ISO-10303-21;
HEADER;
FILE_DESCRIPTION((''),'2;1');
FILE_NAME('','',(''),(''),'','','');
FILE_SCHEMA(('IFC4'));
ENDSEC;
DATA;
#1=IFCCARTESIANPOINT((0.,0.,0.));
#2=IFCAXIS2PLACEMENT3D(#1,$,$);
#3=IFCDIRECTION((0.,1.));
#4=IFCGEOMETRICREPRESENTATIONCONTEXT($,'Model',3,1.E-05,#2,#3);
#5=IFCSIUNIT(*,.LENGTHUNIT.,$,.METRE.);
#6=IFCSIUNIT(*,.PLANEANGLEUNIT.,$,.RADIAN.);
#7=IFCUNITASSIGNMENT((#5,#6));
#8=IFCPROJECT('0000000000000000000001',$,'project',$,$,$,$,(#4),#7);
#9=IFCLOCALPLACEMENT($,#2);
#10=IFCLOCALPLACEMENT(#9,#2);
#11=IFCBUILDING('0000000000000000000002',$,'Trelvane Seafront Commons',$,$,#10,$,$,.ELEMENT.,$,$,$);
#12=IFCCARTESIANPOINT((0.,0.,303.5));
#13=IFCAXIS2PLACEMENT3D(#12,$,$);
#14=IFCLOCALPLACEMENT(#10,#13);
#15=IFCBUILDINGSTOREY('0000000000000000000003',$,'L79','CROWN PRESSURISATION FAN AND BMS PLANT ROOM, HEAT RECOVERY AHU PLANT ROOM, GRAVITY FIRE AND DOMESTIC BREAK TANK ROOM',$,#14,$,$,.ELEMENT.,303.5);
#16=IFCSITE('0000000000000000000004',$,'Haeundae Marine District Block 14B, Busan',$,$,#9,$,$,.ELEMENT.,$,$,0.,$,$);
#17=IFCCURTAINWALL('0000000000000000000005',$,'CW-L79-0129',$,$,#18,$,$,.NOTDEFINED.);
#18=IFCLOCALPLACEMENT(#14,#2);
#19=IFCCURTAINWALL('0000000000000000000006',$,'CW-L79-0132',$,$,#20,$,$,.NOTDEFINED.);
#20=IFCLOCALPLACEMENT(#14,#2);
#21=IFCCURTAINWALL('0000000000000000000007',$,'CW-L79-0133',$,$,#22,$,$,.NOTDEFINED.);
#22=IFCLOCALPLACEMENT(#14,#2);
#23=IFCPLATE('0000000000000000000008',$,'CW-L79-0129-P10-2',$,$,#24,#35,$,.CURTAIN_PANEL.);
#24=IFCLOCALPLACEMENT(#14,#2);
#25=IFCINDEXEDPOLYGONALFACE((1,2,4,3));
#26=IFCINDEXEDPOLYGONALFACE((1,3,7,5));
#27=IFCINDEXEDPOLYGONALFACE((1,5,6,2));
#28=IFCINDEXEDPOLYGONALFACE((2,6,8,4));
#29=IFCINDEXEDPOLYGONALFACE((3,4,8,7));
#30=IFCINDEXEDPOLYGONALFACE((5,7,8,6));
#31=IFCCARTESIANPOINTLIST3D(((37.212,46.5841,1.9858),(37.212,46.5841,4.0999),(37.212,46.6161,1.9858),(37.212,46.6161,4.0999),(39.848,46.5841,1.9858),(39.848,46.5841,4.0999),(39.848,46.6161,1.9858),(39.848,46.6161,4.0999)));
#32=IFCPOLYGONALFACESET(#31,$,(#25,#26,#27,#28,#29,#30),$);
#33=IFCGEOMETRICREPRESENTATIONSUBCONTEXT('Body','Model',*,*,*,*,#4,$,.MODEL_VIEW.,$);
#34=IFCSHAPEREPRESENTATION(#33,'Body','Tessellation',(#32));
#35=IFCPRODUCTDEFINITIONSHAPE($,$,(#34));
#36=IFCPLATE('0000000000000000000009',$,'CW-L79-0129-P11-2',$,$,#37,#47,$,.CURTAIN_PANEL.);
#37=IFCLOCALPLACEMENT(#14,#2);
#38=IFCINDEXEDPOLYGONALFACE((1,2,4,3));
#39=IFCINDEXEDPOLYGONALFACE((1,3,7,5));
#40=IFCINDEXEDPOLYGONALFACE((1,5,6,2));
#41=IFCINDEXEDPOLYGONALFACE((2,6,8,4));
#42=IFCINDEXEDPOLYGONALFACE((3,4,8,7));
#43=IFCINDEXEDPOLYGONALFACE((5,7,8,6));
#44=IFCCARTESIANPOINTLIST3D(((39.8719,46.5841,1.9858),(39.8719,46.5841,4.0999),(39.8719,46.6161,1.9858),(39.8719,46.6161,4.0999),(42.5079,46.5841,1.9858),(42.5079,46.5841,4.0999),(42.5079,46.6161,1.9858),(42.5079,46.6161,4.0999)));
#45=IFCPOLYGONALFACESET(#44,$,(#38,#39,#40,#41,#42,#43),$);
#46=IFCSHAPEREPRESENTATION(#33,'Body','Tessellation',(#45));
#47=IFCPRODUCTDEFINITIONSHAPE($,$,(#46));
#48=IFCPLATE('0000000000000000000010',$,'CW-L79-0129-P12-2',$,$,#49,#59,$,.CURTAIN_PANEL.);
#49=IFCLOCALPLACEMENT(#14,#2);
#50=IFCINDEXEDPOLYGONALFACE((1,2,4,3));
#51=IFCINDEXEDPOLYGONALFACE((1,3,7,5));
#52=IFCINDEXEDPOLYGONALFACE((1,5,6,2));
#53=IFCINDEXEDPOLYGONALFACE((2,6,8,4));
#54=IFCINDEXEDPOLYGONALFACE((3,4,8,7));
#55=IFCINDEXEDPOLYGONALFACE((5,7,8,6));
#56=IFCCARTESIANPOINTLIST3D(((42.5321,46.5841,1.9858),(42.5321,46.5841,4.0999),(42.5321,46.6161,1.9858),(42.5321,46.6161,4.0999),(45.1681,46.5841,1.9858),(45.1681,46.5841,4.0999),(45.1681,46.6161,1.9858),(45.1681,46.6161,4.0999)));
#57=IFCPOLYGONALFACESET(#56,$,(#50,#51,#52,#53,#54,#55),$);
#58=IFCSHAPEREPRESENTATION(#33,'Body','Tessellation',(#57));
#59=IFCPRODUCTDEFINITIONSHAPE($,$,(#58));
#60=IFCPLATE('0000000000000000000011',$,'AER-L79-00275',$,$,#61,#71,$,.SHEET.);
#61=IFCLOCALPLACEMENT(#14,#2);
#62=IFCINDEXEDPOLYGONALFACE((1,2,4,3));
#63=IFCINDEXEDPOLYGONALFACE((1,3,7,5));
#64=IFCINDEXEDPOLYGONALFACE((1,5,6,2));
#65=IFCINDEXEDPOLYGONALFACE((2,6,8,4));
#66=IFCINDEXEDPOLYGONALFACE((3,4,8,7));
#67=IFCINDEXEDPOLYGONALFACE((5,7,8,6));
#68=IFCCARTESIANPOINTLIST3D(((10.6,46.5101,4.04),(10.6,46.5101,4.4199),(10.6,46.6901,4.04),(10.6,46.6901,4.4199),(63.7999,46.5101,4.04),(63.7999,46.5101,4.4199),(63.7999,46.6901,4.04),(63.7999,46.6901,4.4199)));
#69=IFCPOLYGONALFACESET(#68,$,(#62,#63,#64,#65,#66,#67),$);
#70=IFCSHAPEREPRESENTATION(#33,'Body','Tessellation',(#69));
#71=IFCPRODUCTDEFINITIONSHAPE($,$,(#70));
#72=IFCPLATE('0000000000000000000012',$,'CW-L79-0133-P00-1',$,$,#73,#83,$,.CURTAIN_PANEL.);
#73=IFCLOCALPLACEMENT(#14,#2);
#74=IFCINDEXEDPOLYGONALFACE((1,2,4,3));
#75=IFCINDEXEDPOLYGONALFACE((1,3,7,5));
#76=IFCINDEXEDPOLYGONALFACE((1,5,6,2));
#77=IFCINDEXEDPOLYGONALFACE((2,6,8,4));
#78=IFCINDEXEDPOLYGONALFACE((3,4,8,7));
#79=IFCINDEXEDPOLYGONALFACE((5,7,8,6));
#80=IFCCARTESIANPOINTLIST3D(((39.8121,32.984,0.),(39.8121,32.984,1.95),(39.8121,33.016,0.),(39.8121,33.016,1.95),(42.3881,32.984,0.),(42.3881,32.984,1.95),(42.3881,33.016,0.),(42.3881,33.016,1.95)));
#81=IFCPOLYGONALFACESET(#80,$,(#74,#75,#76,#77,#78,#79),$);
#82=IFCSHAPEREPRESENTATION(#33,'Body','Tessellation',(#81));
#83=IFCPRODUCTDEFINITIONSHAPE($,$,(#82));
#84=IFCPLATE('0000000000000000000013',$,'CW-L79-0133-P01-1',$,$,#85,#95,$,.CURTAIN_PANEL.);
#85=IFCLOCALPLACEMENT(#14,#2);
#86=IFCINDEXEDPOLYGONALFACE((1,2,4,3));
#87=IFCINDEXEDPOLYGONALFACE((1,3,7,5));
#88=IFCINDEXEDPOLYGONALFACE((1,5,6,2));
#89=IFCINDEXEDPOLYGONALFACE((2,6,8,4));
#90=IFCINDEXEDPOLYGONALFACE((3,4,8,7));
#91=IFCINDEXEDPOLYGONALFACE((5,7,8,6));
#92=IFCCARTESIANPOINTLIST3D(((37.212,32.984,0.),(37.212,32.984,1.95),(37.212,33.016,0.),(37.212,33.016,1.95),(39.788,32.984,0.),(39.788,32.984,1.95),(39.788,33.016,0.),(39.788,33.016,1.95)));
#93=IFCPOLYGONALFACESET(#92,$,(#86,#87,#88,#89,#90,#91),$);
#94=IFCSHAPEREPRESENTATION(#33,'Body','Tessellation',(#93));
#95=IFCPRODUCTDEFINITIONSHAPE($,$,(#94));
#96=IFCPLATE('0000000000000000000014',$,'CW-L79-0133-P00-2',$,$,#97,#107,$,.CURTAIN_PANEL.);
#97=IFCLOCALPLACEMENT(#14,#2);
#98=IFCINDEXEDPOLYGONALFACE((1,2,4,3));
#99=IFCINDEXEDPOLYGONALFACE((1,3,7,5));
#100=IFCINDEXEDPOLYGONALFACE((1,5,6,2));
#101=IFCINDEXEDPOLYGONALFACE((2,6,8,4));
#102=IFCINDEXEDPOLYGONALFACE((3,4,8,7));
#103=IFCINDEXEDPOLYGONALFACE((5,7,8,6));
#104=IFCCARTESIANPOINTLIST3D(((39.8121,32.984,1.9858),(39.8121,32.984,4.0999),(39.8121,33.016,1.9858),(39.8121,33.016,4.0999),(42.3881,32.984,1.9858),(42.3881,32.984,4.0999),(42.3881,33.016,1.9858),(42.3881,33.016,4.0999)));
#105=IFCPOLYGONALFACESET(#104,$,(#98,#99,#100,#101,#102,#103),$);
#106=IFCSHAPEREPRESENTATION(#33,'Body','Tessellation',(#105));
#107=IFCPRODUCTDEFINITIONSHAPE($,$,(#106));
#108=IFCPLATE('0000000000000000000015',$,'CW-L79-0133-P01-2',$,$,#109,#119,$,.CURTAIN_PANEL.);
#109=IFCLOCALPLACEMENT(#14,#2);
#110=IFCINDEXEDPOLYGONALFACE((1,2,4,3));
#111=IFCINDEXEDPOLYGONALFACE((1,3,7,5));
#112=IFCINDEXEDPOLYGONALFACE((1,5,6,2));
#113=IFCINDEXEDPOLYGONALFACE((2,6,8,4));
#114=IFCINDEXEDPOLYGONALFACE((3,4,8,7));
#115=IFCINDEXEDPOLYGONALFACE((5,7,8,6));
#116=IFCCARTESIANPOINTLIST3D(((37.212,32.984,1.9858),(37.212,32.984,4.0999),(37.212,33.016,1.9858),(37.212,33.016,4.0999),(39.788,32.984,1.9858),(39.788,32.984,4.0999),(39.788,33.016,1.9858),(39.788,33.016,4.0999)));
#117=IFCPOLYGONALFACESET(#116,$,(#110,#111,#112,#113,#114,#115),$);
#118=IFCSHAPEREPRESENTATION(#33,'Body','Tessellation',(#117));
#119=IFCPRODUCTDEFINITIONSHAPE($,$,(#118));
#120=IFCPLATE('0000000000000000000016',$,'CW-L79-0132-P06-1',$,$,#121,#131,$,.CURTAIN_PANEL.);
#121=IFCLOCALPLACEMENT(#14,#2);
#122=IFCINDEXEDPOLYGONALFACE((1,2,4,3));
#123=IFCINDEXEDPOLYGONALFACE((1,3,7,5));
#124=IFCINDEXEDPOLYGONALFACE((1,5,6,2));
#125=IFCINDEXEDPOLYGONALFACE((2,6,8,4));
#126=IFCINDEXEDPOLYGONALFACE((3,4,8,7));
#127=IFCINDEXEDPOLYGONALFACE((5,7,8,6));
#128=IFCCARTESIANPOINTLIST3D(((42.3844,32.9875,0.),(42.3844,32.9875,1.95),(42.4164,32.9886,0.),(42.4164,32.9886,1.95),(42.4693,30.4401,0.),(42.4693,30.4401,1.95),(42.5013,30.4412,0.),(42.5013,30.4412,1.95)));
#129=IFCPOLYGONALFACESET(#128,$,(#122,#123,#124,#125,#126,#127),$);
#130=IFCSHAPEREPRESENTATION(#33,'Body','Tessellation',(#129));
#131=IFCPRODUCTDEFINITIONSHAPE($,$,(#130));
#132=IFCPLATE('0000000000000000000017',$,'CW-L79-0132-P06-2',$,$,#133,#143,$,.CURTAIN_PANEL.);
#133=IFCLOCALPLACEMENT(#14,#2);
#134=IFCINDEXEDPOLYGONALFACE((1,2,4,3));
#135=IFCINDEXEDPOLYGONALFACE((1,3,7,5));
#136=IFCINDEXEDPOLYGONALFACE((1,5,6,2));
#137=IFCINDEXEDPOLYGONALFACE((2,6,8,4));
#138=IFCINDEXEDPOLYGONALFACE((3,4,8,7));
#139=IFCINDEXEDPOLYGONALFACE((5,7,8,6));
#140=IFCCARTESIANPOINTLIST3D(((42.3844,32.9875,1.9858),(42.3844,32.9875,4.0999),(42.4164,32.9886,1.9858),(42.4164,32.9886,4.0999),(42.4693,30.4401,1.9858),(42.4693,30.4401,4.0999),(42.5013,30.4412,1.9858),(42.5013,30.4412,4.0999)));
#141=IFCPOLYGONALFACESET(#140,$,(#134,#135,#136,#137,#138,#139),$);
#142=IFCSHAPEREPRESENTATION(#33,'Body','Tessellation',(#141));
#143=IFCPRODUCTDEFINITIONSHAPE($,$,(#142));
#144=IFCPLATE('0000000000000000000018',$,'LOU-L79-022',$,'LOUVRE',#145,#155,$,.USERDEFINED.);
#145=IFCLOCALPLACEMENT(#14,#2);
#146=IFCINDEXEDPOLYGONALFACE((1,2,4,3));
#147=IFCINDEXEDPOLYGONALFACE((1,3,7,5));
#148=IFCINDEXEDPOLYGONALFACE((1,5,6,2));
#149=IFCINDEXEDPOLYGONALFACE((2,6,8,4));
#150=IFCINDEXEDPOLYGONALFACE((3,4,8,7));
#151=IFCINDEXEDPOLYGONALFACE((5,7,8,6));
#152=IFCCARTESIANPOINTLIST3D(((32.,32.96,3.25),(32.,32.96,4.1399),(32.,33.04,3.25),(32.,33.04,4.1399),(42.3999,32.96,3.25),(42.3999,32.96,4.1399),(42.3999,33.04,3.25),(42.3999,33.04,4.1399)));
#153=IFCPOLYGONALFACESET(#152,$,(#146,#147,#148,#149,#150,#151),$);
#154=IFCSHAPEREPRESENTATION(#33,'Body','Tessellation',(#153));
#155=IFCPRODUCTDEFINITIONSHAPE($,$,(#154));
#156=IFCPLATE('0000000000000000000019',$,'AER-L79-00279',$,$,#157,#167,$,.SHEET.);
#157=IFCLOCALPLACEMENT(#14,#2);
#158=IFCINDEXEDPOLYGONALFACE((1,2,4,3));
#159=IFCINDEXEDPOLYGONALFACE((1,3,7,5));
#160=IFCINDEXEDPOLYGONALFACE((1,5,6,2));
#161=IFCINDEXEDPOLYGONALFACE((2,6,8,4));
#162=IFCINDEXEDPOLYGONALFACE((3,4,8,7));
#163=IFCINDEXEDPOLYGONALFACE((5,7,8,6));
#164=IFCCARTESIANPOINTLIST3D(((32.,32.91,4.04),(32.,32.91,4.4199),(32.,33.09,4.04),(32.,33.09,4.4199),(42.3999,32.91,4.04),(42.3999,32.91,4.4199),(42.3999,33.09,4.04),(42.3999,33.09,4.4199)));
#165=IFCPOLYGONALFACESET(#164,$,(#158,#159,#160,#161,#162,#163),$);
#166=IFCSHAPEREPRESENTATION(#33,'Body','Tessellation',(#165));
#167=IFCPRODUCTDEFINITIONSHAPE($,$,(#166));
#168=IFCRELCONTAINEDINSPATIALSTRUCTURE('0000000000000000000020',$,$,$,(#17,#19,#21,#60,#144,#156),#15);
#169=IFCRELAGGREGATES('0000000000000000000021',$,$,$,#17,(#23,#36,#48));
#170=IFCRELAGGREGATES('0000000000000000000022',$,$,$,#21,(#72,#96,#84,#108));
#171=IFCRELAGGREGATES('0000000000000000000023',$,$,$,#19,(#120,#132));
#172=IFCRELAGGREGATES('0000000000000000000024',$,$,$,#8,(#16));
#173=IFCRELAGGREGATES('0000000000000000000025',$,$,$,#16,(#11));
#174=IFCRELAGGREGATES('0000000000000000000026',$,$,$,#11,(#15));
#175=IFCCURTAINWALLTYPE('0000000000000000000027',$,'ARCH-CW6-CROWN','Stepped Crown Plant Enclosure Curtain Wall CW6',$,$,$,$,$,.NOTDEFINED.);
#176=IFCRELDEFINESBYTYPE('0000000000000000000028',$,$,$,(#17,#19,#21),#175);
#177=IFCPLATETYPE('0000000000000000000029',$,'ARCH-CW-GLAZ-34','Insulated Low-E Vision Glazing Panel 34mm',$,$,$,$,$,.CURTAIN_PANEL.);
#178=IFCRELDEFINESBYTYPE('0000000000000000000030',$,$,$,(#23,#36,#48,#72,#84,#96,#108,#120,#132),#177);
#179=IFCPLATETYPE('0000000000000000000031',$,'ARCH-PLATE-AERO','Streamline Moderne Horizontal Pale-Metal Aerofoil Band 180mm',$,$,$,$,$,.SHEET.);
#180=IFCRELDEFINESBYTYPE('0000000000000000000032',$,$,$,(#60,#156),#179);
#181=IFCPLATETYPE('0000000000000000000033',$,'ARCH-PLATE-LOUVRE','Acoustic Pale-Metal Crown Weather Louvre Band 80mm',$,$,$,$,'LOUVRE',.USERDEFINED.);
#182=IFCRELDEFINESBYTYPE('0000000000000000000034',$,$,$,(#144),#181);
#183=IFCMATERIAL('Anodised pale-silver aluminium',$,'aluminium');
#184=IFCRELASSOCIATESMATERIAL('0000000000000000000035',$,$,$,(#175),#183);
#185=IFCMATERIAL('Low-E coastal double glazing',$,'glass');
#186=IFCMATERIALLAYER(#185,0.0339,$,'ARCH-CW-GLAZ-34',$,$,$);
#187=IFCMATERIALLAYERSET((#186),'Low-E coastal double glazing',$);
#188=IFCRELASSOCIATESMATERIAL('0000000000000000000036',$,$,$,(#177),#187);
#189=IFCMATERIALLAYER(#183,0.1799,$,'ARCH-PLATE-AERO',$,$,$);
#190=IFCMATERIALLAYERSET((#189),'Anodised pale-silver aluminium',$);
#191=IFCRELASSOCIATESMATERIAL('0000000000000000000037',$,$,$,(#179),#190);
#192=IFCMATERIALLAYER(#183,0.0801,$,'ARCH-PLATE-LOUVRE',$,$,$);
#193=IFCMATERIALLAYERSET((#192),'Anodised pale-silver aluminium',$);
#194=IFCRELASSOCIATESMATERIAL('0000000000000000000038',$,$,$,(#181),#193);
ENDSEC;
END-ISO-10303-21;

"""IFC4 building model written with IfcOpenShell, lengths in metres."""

from ifc_helpers import new_model, si_unit, direction, frame, origin, origin_2d, place, context, subcontext, project, spatial, rectangle, extrude, source, transform, mapped, material, layer, layer_set, type_object, element, aggregate, save


model = new_model("IFC4")

# Units and contexts
model_context = context("Model", 3, precision=1e-05, world=origin(), true_north=direction((0.0, 1.0)))
body_context = subcontext(model_context, "Body", "Model", "MODEL_VIEW")
ifc_project = project(units=[si_unit("LENGTHUNIT", "METRE"), si_unit("PLANEANGLEUNIT", "RADIAN")], contexts=[model_context])

# Site, building, storey
site_placement = place(None, origin())
site = spatial("IfcSite", under=ifc_project, at=site_placement, Name="Haeundae Marine District Block 14B, Busan", CompositionType="ELEMENT", RefElevation=0.0)
building_placement = place(site_placement, origin())
building = spatial("IfcBuilding", under=site, at=building_placement, Name="Trelvane Seafront Commons", CompositionType="ELEMENT")
storey_placement = place(building_placement, frame((0.0, 0.0, 303.5)))
storey = spatial("IfcBuildingStorey", under=building, at=storey_placement, Name="L79", Description="CROWN PRESSURISATION FAN AND BMS PLANT ROOM, HEAT RECOVERY AHU PLANT ROOM, GRAVITY FIRE AND DOMESTIC BREAK TANK ROOM", CompositionType="ELEMENT", Elevation=303.5)

# Curtain wall
ifc_material_1 = material(Name="Anodised pale-silver aluminium", Category="aluminium")
curtain_wall_type = type_object("IfcCurtainWallType", Name="ARCH-CW6-CROWN", Description="Stepped Crown Plant Enclosure Curtain Wall CW6", PredefinedType="NOTDEFINED", material=ifc_material_1)
curtain_wall_1_placement = place(storey_placement, origin())
curtain_wall_1 = element("IfcCurtainWall", 1, at=curtain_wall_1_placement, inside=storey, type_object=curtain_wall_type, Name="CW-L79-0129", PredefinedType="NOTDEFINED")

# Curtain wall
curtain_wall_2_placement = place(storey_placement, origin())
curtain_wall_2 = element("IfcCurtainWall", 2, at=curtain_wall_2_placement, inside=storey, type_object=curtain_wall_type, Name="CW-L79-0132", PredefinedType="NOTDEFINED")

# Curtain wall
curtain_wall_3_placement = place(storey_placement, origin())
curtain_wall_3 = element("IfcCurtainWall", 3, at=curtain_wall_3_placement, inside=storey, type_object=curtain_wall_type, Name="CW-L79-0133", PredefinedType="NOTDEFINED")

# Plates
ifc_material_2 = material(Name="Low-E coastal double glazing", Category="glass")
ifc_layer_1 = layer(ifc_material_2, 0.0339, Name="ARCH-CW-GLAZ-34")
ifc_layer_set_1 = layer_set([ifc_layer_1], Name="Low-E coastal double glazing")
plate_type_1 = type_object("IfcPlateType", Name="ARCH-CW-GLAZ-34", Description="Insulated Low-E Vision Glazing Panel 34mm", PredefinedType="CURTAIN_PANEL", material=ifc_layer_set_1)
shared_shape_1 = source(origin(), body_context, "Body", "SweptSolid", [
    extrude(rectangle(XDim=2.636, YDim=0.032, at=origin_2d()), origin(), (0.0, 0.0, 1.0), 2.114),
])
plate_1_placement = place(storey_placement, frame((38.53, 46.6001, 1.9858), z_axis=(0.0, 0.0, 1.0), x_axis=(1.0, 0.0, 0.0)))
plate_1 = element("IfcPlate", 4, at=plate_1_placement, type_object=plate_type_1, Name="CW-L79-0129-P10-2", PredefinedType="CURTAIN_PANEL", context=body_context, shape_type="MappedRepresentation", body=[
    mapped(shared_shape_1, transform((0.0, 0.0, 0.0), x_axis=(1.0, 0.0, 0.0), y_axis=(0.0, 1.0, 0.0), z_axis=(0.0, 0.0, 1.0), scale=1.0)),
])
plate_2_placement = place(storey_placement, frame((41.1899, 46.6001, 1.9858), z_axis=(0.0, 0.0, 1.0), x_axis=(1.0, 0.0, 0.0)))
plate_2 = element("IfcPlate", 5, at=plate_2_placement, type_object=plate_type_1, Name="CW-L79-0129-P11-2", PredefinedType="CURTAIN_PANEL", context=body_context, shape_type="MappedRepresentation", body=[
    mapped(shared_shape_1, transform((0.0, 0.0, 0.0), x_axis=(1.0, 0.0, 0.0), y_axis=(0.0, 1.0, 0.0), z_axis=(0.0, 0.0, 1.0), scale=1.0)),
])
plate_3_placement = place(storey_placement, frame((43.8501, 46.6001, 1.9858), z_axis=(0.0, 0.0, 1.0), x_axis=(1.0, 0.0, 0.0)))
plate_3 = element("IfcPlate", 6, at=plate_3_placement, type_object=plate_type_1, Name="CW-L79-0129-P12-2", PredefinedType="CURTAIN_PANEL", context=body_context, shape_type="MappedRepresentation", body=[
    mapped(shared_shape_1, transform((0.0, 0.0, 0.0), x_axis=(1.0, 0.0, 0.0), y_axis=(0.0, 1.0, 0.0), z_axis=(0.0, 0.0, 1.0), scale=1.0)),
])
aggregate(curtain_wall_1, [plate_1, plate_2, plate_3])
ifc_layer_2 = layer(ifc_material_1, 0.1799, Name="ARCH-PLATE-AERO")
ifc_layer_set_2 = layer_set([ifc_layer_2], Name="Anodised pale-silver aluminium")
plate_type_2 = type_object("IfcPlateType", Name="ARCH-PLATE-AERO", Description="Streamline Moderne Horizontal Pale-Metal Aerofoil Band 180mm", PredefinedType="SHEET", material=ifc_layer_set_2)
shared_shape_2 = source(origin(), body_context, "Body", "SweptSolid", [
    extrude(rectangle(XDim=53.2, YDim=0.1799, at=origin_2d()), origin(), (0.0, 0.0, 1.0), 0.3799),
])
plate_4_placement = place(storey_placement, frame((37.2, 46.6001, 4.04), z_axis=(0.0, 0.0, 1.0), x_axis=(1.0, 0.0, 0.0)))
element("IfcPlate", 7, at=plate_4_placement, inside=storey, type_object=plate_type_2, Name="AER-L79-00275", PredefinedType="SHEET", context=body_context, shape_type="MappedRepresentation", body=[
    mapped(shared_shape_2, transform((0.0, 0.0, 0.0), x_axis=(1.0, 0.0, 0.0), y_axis=(0.0, 1.0, 0.0), z_axis=(0.0, 0.0, 1.0), scale=1.0)),
])
shared_shape_3 = source(origin(), body_context, "Body", "SweptSolid", [
    extrude(rectangle(XDim=2.5759, YDim=0.032, at=origin_2d()), origin(), (0.0, 0.0, 1.0), 1.95),
])
plate_5_placement = place(storey_placement, frame((41.1001, 33.0, 0.0), z_axis=(0.0, 0.0, 1.0), x_axis=(-1.0, 0.0, 0.0)))
plate_5 = element("IfcPlate", 8, at=plate_5_placement, type_object=plate_type_1, Name="CW-L79-0133-P00-1", PredefinedType="CURTAIN_PANEL", context=body_context, shape_type="MappedRepresentation", body=[
    mapped(shared_shape_3, transform((0.0, 0.0, 0.0), x_axis=(1.0, 0.0, 0.0), y_axis=(0.0, 1.0, 0.0), z_axis=(0.0, 0.0, 1.0), scale=1.0)),
])
plate_6_placement = place(storey_placement, frame((38.5, 33.0, 0.0), z_axis=(0.0, 0.0, 1.0), x_axis=(-1.0, 0.0, 0.0)))
plate_6 = element("IfcPlate", 9, at=plate_6_placement, type_object=plate_type_1, Name="CW-L79-0133-P01-1", PredefinedType="CURTAIN_PANEL", context=body_context, shape_type="MappedRepresentation", body=[
    mapped(shared_shape_3, transform((0.0, 0.0, 0.0), x_axis=(1.0, 0.0, 0.0), y_axis=(0.0, 1.0, 0.0), z_axis=(0.0, 0.0, 1.0), scale=1.0)),
])
shared_shape_4 = source(origin(), body_context, "Body", "SweptSolid", [
    extrude(rectangle(XDim=2.5759, YDim=0.032, at=origin_2d()), origin(), (0.0, 0.0, 1.0), 2.114),
])
plate_7_placement = place(storey_placement, frame((41.1001, 33.0, 1.9858), z_axis=(0.0, 0.0, 1.0), x_axis=(-1.0, 0.0, 0.0)))
plate_7 = element("IfcPlate", 10, at=plate_7_placement, type_object=plate_type_1, Name="CW-L79-0133-P00-2", PredefinedType="CURTAIN_PANEL", context=body_context, shape_type="MappedRepresentation", body=[
    mapped(shared_shape_4, transform((0.0, 0.0, 0.0), x_axis=(1.0, 0.0, 0.0), y_axis=(0.0, 1.0, 0.0), z_axis=(0.0, 0.0, 1.0), scale=1.0)),
])
plate_8_placement = place(storey_placement, frame((38.5, 33.0, 1.9858), z_axis=(0.0, 0.0, 1.0), x_axis=(-1.0, 0.0, 0.0)))
plate_8 = element("IfcPlate", 11, at=plate_8_placement, type_object=plate_type_1, Name="CW-L79-0133-P01-2", PredefinedType="CURTAIN_PANEL", context=body_context, shape_type="MappedRepresentation", body=[
    mapped(shared_shape_4, transform((0.0, 0.0, 0.0), x_axis=(1.0, 0.0, 0.0), y_axis=(0.0, 1.0, 0.0), z_axis=(0.0, 0.0, 1.0), scale=1.0)),
])
aggregate(curtain_wall_3, [plate_5, plate_7, plate_6, plate_8])
shared_shape_5 = source(origin(), body_context, "Body", "SweptSolid", [
    extrude(rectangle(XDim=2.5488, YDim=0.032, at=origin_2d()), origin(), (0.0, 0.0, 1.0), 1.95),
])
plate_9_placement = place(storey_placement, frame((42.4429, 31.7144, 0.0), z_axis=(0.0, 0.0, 1.0), x_axis=(-0.03331, 0.999445, 0.0)))
plate_9 = element("IfcPlate", 12, at=plate_9_placement, type_object=plate_type_1, Name="CW-L79-0132-P06-1", PredefinedType="CURTAIN_PANEL", context=body_context, shape_type="MappedRepresentation", body=[
    mapped(shared_shape_5, transform((0.0, 0.0, 0.0), x_axis=(1.0, 0.0, 0.0), y_axis=(0.0, 1.0, 0.0), z_axis=(0.0, 0.0, 1.0), scale=1.0)),
])
shared_shape_6 = source(origin(), body_context, "Body", "SweptSolid", [
    extrude(rectangle(XDim=2.5488, YDim=0.032, at=origin_2d()), origin(), (0.0, 0.0, 1.0), 2.114),
])
plate_10_placement = place(storey_placement, frame((42.4429, 31.7144, 1.9858), z_axis=(0.0, 0.0, 1.0), x_axis=(-0.03331, 0.999445, 0.0)))
plate_10 = element("IfcPlate", 13, at=plate_10_placement, type_object=plate_type_1, Name="CW-L79-0132-P06-2", PredefinedType="CURTAIN_PANEL", context=body_context, shape_type="MappedRepresentation", body=[
    mapped(shared_shape_6, transform((0.0, 0.0, 0.0), x_axis=(1.0, 0.0, 0.0), y_axis=(0.0, 1.0, 0.0), z_axis=(0.0, 0.0, 1.0), scale=1.0)),
])
aggregate(curtain_wall_2, [plate_9, plate_10])

# Plates
ifc_layer_3 = layer(ifc_material_1, 0.0801, Name="ARCH-PLATE-LOUVRE")
ifc_layer_set_3 = layer_set([ifc_layer_3], Name="Anodised pale-silver aluminium")
plate_type_3 = type_object("IfcPlateType", Name="ARCH-PLATE-LOUVRE", Description="Acoustic Pale-Metal Crown Weather Louvre Band 80mm", ElementType="LOUVRE", PredefinedType="USERDEFINED", material=ifc_layer_set_3)
shared_shape_7 = source(origin(), body_context, "Body", "SweptSolid", [
    extrude(rectangle(XDim=10.3999, YDim=0.0801, at=origin_2d()), origin(), (0.0, 0.0, 1.0), 0.8899),
])
plate_11_placement = place(storey_placement, frame((37.2, 33.0, 3.25), z_axis=(0.0, 0.0, 1.0), x_axis=(-1.0, 0.0, 0.0)))
element("IfcPlate", 14, at=plate_11_placement, inside=storey, type_object=plate_type_3, Name="LOU-L79-022", ObjectType="LOUVRE", PredefinedType="USERDEFINED", context=body_context, shape_type="MappedRepresentation", body=[
    mapped(shared_shape_7, transform((0.0, 0.0, 0.0), x_axis=(1.0, 0.0, 0.0), y_axis=(0.0, 1.0, 0.0), z_axis=(0.0, 0.0, 1.0), scale=1.0)),
])
shared_shape_8 = source(origin(), body_context, "Body", "SweptSolid", [
    extrude(rectangle(XDim=10.3999, YDim=0.1799, at=origin_2d()), origin(), (0.0, 0.0, 1.0), 0.3799),
])
plate_12_placement = place(storey_placement, frame((37.2, 33.0, 4.04), z_axis=(0.0, 0.0, 1.0), x_axis=(-1.0, 0.0, 0.0)))
element("IfcPlate", 15, at=plate_12_placement, inside=storey, type_object=plate_type_2, Name="AER-L79-00279", PredefinedType="SHEET", context=body_context, shape_type="MappedRepresentation", body=[
    mapped(shared_shape_8, transform((0.0, 0.0, 0.0), x_axis=(1.0, 0.0, 0.0), y_axis=(0.0, 1.0, 0.0), z_axis=(0.0, 0.0, 1.0), scale=1.0)),
])

save(model, "model.ifc")
